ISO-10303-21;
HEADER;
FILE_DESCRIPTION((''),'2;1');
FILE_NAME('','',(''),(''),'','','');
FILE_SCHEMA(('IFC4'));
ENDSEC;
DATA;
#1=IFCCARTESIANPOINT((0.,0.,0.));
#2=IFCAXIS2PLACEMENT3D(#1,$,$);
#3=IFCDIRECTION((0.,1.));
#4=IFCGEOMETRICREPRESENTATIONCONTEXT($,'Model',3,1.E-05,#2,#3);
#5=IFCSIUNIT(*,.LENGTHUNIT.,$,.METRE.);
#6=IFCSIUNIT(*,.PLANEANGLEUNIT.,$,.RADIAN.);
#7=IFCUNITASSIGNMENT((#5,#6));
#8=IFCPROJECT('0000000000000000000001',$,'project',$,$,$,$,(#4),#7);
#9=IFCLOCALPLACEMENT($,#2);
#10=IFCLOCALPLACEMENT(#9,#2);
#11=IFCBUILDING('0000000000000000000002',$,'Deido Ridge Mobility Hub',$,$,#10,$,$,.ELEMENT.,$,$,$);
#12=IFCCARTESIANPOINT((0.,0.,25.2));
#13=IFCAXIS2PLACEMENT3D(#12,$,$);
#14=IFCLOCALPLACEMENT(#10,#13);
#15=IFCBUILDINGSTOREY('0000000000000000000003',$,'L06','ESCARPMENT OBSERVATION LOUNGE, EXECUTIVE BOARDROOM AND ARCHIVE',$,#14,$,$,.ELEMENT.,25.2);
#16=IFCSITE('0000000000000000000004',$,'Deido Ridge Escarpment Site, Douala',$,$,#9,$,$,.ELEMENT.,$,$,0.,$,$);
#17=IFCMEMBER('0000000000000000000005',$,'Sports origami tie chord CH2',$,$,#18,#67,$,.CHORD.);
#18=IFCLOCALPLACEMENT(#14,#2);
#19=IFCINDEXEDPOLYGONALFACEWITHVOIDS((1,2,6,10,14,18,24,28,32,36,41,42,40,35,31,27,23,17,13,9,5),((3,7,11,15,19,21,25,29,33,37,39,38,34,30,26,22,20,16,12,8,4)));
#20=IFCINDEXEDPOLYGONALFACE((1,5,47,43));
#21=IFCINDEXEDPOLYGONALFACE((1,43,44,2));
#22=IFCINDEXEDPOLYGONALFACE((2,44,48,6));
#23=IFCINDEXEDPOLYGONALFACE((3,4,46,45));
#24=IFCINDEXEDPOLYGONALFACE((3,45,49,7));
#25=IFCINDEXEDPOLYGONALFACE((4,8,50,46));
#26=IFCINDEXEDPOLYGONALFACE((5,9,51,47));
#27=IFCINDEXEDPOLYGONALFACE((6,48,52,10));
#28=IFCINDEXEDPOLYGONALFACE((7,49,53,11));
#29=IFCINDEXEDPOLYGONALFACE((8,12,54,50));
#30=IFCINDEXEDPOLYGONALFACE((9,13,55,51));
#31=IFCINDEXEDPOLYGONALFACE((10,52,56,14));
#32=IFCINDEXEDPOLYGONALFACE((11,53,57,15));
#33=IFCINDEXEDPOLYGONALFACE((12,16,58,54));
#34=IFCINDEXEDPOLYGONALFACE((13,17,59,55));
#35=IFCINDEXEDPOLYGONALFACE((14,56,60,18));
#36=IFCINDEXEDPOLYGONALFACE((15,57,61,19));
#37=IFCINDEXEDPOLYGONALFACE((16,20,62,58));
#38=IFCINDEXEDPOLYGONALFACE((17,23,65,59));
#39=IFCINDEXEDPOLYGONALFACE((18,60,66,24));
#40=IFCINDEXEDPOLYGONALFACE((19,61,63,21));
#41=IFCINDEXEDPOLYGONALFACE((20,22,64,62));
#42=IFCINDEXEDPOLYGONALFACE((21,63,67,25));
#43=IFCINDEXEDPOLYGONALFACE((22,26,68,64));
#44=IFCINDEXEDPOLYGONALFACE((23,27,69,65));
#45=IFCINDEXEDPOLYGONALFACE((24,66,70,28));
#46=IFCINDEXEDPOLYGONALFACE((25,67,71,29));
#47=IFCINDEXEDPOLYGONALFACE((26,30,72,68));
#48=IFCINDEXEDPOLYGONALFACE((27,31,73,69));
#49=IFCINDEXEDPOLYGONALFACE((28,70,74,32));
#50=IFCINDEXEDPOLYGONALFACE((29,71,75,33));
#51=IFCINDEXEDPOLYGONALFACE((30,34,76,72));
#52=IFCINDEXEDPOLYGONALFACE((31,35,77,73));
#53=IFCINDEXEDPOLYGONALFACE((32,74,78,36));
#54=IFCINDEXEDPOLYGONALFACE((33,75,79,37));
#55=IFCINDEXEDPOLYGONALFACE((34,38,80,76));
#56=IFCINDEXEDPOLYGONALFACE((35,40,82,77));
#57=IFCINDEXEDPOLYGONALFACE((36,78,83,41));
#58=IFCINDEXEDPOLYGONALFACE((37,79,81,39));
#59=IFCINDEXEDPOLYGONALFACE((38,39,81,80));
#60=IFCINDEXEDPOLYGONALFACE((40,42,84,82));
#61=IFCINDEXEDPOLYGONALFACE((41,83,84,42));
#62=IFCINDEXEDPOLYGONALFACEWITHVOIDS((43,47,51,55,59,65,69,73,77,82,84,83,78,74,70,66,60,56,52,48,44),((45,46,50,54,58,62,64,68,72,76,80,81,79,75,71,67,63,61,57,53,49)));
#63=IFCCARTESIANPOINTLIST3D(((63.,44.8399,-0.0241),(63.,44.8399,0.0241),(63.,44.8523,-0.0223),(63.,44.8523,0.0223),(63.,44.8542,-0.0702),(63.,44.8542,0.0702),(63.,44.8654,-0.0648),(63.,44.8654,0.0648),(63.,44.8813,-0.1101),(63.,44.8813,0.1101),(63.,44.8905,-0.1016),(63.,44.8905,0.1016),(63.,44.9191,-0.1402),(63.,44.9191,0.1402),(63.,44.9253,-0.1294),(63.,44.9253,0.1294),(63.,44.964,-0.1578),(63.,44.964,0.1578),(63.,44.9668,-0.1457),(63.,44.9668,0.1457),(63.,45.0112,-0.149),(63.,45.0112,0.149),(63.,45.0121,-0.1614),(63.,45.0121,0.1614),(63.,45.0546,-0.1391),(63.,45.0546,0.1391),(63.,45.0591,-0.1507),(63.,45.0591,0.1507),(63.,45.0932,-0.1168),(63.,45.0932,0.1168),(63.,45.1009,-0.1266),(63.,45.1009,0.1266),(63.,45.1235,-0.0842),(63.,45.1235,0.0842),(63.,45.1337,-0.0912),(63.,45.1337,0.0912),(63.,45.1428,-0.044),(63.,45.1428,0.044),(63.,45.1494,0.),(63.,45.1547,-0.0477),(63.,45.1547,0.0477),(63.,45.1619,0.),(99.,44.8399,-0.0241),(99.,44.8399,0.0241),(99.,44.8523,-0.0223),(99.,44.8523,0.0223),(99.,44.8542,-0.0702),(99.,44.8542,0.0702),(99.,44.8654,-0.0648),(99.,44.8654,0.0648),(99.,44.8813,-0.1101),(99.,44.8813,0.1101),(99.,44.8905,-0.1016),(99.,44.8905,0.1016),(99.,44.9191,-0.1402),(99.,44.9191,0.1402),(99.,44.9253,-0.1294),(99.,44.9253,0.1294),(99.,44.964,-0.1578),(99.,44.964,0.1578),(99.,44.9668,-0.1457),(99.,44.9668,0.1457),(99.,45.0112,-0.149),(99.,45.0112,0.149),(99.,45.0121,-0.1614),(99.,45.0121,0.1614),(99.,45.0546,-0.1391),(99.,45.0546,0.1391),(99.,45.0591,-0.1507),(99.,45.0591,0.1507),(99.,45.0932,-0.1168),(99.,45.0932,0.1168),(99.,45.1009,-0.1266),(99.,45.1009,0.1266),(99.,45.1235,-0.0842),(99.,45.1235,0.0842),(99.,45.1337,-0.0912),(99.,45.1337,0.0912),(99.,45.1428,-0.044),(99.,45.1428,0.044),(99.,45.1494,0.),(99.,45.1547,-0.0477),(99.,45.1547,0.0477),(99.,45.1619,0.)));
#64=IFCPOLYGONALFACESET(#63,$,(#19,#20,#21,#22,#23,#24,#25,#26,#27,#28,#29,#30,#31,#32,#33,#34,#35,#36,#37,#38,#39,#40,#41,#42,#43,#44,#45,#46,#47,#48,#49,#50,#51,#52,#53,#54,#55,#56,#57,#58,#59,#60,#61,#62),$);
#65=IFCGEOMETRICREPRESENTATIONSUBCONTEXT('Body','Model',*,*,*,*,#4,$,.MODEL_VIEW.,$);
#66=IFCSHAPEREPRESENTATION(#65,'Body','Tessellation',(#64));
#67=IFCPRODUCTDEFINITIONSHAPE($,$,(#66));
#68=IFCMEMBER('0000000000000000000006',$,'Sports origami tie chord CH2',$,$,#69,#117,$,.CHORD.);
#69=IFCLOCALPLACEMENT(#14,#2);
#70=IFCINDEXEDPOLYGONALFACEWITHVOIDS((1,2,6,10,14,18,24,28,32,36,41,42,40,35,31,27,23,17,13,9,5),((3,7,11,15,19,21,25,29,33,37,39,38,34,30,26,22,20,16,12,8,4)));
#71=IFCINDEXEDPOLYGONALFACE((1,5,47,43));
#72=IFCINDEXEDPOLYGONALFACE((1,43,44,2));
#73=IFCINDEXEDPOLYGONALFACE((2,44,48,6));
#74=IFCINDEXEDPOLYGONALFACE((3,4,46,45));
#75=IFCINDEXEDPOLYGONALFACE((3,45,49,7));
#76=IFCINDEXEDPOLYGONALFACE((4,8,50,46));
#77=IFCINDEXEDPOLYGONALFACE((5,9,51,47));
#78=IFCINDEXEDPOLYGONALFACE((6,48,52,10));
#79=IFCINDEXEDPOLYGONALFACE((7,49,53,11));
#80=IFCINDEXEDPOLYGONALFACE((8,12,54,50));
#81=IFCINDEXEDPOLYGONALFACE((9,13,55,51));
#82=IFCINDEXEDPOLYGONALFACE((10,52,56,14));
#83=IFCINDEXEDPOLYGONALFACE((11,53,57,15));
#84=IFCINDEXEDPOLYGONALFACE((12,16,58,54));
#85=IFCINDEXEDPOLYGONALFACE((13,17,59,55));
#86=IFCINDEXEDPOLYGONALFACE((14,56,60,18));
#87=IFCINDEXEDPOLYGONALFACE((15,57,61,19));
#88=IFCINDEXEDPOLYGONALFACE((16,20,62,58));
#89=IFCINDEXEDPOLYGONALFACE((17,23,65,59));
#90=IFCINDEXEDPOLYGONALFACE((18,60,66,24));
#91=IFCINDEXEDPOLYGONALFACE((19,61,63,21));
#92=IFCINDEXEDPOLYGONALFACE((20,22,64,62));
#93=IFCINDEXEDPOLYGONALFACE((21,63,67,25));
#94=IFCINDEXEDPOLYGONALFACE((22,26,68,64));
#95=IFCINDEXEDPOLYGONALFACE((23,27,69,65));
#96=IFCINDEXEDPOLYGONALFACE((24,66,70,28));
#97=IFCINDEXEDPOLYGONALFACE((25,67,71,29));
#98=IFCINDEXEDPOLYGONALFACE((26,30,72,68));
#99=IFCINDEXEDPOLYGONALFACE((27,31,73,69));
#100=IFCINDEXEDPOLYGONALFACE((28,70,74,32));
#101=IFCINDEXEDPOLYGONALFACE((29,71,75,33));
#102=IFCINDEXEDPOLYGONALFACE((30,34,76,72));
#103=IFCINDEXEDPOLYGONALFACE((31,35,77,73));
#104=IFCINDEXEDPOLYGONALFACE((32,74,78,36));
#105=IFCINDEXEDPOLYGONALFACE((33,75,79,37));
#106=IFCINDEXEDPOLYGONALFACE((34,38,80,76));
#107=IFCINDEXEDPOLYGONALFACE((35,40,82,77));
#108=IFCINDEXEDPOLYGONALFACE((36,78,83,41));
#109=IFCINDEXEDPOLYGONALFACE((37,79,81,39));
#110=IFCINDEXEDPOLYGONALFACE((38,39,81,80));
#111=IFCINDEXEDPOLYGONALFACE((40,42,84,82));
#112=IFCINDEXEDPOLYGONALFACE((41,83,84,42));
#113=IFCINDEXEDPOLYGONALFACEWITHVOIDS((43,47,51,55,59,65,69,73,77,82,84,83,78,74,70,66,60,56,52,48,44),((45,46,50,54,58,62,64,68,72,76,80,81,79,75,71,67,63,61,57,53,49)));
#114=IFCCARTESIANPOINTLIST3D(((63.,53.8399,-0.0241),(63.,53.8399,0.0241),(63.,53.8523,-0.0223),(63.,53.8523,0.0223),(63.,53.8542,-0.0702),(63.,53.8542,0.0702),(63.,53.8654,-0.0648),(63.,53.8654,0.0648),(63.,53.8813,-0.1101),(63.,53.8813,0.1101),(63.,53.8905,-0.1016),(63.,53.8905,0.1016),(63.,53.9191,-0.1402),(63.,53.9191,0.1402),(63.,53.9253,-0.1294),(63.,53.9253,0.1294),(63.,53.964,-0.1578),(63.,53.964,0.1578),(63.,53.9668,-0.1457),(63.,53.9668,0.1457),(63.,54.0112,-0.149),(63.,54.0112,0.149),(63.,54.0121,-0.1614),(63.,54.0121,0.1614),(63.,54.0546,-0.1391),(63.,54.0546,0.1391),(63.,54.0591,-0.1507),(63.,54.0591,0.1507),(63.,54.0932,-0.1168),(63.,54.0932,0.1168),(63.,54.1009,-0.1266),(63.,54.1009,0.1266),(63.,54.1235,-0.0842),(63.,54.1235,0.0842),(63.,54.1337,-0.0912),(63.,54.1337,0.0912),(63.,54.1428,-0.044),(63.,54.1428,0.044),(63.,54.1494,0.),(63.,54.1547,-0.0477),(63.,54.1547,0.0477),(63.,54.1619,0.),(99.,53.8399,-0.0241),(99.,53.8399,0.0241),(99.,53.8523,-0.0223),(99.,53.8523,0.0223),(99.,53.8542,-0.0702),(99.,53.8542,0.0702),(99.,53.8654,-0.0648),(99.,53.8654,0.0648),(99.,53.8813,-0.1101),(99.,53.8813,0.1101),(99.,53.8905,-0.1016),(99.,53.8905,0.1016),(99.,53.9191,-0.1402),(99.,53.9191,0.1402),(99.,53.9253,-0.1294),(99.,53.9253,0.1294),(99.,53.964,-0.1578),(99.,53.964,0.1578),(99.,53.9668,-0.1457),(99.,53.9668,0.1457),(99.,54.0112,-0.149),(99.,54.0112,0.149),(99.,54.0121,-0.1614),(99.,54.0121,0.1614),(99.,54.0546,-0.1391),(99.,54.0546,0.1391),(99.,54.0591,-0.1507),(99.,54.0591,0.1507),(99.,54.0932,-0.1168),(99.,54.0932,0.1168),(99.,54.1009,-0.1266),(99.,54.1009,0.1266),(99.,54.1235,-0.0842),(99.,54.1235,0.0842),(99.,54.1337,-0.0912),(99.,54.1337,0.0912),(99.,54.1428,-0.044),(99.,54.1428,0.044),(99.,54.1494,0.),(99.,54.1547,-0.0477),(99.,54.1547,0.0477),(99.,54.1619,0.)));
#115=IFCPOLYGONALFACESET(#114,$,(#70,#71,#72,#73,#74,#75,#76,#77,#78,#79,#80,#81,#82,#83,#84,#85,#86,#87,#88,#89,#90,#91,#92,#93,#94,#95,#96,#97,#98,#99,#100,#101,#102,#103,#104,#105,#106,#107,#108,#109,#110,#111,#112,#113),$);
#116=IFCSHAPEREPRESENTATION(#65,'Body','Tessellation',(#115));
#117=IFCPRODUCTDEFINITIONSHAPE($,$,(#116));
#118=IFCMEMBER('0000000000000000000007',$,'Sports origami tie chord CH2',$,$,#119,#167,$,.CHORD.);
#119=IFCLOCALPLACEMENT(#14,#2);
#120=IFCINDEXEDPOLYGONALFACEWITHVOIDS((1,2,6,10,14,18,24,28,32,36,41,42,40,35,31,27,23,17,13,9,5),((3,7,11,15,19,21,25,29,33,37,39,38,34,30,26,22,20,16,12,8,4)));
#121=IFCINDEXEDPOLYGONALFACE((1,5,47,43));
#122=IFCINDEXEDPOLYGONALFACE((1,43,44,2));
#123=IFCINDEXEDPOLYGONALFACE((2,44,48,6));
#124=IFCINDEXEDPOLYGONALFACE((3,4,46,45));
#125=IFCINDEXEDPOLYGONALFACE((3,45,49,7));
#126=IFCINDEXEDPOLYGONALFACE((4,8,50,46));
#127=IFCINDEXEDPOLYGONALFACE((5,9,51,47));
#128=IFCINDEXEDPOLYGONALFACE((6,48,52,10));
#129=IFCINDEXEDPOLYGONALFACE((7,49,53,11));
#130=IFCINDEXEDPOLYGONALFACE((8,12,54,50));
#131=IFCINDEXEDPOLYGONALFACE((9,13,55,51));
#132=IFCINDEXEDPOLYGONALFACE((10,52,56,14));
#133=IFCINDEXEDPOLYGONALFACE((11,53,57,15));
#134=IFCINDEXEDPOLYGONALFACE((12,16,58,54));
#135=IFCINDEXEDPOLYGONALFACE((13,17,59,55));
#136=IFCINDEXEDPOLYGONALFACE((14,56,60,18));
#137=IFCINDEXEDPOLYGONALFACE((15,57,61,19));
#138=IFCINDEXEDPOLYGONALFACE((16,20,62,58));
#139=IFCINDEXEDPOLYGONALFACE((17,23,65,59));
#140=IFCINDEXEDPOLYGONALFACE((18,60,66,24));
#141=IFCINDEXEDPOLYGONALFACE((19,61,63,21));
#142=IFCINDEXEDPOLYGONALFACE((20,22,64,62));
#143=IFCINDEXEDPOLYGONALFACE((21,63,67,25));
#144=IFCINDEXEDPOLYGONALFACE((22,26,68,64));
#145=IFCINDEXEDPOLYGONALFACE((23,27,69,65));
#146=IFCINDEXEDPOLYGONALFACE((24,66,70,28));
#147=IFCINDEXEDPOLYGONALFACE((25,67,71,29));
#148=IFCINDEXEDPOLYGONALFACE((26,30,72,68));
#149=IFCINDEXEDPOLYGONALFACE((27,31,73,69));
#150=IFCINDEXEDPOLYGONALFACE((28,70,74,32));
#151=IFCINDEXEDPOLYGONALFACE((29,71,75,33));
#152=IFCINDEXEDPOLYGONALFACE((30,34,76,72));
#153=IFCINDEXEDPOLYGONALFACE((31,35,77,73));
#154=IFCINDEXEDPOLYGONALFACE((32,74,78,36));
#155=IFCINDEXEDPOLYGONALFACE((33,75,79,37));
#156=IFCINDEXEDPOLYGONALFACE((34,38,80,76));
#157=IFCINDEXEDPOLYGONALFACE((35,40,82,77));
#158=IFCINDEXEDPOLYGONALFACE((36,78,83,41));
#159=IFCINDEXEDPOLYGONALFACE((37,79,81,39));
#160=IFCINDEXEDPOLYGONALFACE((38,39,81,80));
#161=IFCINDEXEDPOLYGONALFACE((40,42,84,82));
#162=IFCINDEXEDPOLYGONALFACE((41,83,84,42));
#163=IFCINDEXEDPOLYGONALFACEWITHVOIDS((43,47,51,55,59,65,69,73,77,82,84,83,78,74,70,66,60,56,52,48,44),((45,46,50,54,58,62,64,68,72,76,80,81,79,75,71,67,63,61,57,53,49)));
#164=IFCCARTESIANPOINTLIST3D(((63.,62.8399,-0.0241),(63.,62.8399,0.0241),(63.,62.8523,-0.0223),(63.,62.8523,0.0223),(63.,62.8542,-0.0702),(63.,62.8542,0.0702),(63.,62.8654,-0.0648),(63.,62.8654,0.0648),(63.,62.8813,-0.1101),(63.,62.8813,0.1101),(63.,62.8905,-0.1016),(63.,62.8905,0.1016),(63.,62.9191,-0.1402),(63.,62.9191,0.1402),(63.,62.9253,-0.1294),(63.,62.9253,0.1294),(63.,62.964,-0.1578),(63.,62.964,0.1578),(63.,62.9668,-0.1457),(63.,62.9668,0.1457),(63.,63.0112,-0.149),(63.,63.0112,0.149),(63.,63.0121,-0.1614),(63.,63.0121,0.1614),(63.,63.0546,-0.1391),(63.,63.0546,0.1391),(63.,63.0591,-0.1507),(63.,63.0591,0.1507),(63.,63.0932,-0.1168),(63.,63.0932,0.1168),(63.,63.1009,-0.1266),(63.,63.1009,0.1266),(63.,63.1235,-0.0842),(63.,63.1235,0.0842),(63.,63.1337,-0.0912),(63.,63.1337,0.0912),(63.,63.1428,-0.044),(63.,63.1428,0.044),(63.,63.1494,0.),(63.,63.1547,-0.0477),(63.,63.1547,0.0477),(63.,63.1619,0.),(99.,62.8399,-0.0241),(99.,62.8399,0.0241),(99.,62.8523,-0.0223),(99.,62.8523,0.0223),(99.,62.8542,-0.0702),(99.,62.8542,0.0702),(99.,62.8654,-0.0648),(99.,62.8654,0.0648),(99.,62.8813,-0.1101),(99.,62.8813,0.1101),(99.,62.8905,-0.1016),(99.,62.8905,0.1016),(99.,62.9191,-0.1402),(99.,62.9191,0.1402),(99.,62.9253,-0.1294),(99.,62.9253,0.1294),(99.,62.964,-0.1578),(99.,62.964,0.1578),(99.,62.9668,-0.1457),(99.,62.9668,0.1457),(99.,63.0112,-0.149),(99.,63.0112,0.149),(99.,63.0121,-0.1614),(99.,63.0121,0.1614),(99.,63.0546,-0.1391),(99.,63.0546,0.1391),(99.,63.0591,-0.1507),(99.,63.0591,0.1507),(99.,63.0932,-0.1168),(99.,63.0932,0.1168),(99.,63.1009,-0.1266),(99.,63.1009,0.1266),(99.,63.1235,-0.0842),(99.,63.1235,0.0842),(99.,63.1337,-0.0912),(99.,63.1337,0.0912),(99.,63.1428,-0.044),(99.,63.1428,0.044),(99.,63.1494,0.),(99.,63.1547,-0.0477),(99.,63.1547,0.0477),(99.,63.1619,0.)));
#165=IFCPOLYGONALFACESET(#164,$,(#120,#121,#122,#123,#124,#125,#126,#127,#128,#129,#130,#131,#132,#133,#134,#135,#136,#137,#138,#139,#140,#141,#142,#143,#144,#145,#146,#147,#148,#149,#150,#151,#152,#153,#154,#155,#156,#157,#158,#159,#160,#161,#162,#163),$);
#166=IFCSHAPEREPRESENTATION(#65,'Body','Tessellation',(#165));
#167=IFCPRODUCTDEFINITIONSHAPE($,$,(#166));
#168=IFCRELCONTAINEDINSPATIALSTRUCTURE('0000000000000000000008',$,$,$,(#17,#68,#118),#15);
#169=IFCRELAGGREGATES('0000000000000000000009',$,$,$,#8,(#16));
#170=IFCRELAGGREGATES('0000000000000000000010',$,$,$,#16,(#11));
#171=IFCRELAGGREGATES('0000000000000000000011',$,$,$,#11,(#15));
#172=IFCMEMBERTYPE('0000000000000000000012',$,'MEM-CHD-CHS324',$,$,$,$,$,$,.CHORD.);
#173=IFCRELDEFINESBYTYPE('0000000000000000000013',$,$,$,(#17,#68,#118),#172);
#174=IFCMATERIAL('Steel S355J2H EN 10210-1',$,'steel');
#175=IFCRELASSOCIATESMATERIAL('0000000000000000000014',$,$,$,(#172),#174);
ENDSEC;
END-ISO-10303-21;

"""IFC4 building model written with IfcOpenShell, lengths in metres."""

from ifc_helpers import new_model, si_unit, direction, frame, origin, origin_2d, place, context, subcontext, project, spatial, hollow_circle, extrude, material, material_profile, profile_set, type_object, element, save


model = new_model("IFC4")

# Units and contexts
model_context = context("Model", 3, precision=1e-05, world=origin(), true_north=direction((0.0, 1.0)))
body_context = subcontext(model_context, "Body", "Model", "MODEL_VIEW")
ifc_project = project(units=[si_unit("LENGTHUNIT", "METRE"), si_unit("PLANEANGLEUNIT", "RADIAN")], contexts=[model_context])

# Site, building, storey
site_placement = place(None, origin())
site = spatial("IfcSite", under=ifc_project, at=site_placement, Name="Deido Ridge Escarpment Site, Douala", CompositionType="ELEMENT", RefElevation=0.0)
building_placement = place(site_placement, origin())
building = spatial("IfcBuilding", under=site, at=building_placement, Name="Deido Ridge Mobility Hub", CompositionType="ELEMENT")
storey_placement = place(building_placement, frame((0.0, 0.0, 25.2)))
storey = spatial("IfcBuildingStorey", under=building, at=storey_placement, Name="L06", Description="ESCARPMENT OBSERVATION LOUNGE, EXECUTIVE BOARDROOM AND ARCHIVE", CompositionType="ELEMENT", Elevation=25.2)

# Members
ifc_material_1 = material(Name="Steel S355J2H EN 10210-1", Category="steel")
ifc_material_profile_1 = material_profile(ifc_material_1, hollow_circle(Radius=0.1619, WallThickness=0.0125, at=origin_2d()), Name="CHS 323.9x12.5")
ifc_profile_set_1 = profile_set([ifc_material_profile_1], Name="Steel S355J2H EN 10210-1")
member_type_1 = type_object("IfcMemberType", Name="MEM-CHD-CHS324", PredefinedType="CHORD", material=ifc_profile_set_1)
for number, where, z_axis, x_axis, name in (
    (1, (63.0, 45.0, 0.0), (1.0, 0.0, 0.0), (0.0, 1.0, 0.0), "Sports origami tie chord CH2"),
    (2, (63.0, 54.0, 0.0), (1.0, 0.0, 0.0), (0.0, 1.0, 0.0), "Sports origami tie chord CH2"),
    (3, (63.0, 63.0, 0.0), (1.0, 0.0, 0.0), (0.0, 1.0, 0.0), "Sports origami tie chord CH2"),
):
    element("IfcMember", number, at=place(storey_placement, frame(where, z_axis=z_axis, x_axis=x_axis)), inside=storey, type_object=member_type_1, Name=name, PredefinedType="CHORD", context=body_context, shape_type="SweptSolid", body=[
        extrude(hollow_circle(Radius=0.1619, WallThickness=0.0125, at=origin_2d()), origin(), (0.0, 0.0, 1.0), 36.0),
    ])

save(model, "model.ifc")
